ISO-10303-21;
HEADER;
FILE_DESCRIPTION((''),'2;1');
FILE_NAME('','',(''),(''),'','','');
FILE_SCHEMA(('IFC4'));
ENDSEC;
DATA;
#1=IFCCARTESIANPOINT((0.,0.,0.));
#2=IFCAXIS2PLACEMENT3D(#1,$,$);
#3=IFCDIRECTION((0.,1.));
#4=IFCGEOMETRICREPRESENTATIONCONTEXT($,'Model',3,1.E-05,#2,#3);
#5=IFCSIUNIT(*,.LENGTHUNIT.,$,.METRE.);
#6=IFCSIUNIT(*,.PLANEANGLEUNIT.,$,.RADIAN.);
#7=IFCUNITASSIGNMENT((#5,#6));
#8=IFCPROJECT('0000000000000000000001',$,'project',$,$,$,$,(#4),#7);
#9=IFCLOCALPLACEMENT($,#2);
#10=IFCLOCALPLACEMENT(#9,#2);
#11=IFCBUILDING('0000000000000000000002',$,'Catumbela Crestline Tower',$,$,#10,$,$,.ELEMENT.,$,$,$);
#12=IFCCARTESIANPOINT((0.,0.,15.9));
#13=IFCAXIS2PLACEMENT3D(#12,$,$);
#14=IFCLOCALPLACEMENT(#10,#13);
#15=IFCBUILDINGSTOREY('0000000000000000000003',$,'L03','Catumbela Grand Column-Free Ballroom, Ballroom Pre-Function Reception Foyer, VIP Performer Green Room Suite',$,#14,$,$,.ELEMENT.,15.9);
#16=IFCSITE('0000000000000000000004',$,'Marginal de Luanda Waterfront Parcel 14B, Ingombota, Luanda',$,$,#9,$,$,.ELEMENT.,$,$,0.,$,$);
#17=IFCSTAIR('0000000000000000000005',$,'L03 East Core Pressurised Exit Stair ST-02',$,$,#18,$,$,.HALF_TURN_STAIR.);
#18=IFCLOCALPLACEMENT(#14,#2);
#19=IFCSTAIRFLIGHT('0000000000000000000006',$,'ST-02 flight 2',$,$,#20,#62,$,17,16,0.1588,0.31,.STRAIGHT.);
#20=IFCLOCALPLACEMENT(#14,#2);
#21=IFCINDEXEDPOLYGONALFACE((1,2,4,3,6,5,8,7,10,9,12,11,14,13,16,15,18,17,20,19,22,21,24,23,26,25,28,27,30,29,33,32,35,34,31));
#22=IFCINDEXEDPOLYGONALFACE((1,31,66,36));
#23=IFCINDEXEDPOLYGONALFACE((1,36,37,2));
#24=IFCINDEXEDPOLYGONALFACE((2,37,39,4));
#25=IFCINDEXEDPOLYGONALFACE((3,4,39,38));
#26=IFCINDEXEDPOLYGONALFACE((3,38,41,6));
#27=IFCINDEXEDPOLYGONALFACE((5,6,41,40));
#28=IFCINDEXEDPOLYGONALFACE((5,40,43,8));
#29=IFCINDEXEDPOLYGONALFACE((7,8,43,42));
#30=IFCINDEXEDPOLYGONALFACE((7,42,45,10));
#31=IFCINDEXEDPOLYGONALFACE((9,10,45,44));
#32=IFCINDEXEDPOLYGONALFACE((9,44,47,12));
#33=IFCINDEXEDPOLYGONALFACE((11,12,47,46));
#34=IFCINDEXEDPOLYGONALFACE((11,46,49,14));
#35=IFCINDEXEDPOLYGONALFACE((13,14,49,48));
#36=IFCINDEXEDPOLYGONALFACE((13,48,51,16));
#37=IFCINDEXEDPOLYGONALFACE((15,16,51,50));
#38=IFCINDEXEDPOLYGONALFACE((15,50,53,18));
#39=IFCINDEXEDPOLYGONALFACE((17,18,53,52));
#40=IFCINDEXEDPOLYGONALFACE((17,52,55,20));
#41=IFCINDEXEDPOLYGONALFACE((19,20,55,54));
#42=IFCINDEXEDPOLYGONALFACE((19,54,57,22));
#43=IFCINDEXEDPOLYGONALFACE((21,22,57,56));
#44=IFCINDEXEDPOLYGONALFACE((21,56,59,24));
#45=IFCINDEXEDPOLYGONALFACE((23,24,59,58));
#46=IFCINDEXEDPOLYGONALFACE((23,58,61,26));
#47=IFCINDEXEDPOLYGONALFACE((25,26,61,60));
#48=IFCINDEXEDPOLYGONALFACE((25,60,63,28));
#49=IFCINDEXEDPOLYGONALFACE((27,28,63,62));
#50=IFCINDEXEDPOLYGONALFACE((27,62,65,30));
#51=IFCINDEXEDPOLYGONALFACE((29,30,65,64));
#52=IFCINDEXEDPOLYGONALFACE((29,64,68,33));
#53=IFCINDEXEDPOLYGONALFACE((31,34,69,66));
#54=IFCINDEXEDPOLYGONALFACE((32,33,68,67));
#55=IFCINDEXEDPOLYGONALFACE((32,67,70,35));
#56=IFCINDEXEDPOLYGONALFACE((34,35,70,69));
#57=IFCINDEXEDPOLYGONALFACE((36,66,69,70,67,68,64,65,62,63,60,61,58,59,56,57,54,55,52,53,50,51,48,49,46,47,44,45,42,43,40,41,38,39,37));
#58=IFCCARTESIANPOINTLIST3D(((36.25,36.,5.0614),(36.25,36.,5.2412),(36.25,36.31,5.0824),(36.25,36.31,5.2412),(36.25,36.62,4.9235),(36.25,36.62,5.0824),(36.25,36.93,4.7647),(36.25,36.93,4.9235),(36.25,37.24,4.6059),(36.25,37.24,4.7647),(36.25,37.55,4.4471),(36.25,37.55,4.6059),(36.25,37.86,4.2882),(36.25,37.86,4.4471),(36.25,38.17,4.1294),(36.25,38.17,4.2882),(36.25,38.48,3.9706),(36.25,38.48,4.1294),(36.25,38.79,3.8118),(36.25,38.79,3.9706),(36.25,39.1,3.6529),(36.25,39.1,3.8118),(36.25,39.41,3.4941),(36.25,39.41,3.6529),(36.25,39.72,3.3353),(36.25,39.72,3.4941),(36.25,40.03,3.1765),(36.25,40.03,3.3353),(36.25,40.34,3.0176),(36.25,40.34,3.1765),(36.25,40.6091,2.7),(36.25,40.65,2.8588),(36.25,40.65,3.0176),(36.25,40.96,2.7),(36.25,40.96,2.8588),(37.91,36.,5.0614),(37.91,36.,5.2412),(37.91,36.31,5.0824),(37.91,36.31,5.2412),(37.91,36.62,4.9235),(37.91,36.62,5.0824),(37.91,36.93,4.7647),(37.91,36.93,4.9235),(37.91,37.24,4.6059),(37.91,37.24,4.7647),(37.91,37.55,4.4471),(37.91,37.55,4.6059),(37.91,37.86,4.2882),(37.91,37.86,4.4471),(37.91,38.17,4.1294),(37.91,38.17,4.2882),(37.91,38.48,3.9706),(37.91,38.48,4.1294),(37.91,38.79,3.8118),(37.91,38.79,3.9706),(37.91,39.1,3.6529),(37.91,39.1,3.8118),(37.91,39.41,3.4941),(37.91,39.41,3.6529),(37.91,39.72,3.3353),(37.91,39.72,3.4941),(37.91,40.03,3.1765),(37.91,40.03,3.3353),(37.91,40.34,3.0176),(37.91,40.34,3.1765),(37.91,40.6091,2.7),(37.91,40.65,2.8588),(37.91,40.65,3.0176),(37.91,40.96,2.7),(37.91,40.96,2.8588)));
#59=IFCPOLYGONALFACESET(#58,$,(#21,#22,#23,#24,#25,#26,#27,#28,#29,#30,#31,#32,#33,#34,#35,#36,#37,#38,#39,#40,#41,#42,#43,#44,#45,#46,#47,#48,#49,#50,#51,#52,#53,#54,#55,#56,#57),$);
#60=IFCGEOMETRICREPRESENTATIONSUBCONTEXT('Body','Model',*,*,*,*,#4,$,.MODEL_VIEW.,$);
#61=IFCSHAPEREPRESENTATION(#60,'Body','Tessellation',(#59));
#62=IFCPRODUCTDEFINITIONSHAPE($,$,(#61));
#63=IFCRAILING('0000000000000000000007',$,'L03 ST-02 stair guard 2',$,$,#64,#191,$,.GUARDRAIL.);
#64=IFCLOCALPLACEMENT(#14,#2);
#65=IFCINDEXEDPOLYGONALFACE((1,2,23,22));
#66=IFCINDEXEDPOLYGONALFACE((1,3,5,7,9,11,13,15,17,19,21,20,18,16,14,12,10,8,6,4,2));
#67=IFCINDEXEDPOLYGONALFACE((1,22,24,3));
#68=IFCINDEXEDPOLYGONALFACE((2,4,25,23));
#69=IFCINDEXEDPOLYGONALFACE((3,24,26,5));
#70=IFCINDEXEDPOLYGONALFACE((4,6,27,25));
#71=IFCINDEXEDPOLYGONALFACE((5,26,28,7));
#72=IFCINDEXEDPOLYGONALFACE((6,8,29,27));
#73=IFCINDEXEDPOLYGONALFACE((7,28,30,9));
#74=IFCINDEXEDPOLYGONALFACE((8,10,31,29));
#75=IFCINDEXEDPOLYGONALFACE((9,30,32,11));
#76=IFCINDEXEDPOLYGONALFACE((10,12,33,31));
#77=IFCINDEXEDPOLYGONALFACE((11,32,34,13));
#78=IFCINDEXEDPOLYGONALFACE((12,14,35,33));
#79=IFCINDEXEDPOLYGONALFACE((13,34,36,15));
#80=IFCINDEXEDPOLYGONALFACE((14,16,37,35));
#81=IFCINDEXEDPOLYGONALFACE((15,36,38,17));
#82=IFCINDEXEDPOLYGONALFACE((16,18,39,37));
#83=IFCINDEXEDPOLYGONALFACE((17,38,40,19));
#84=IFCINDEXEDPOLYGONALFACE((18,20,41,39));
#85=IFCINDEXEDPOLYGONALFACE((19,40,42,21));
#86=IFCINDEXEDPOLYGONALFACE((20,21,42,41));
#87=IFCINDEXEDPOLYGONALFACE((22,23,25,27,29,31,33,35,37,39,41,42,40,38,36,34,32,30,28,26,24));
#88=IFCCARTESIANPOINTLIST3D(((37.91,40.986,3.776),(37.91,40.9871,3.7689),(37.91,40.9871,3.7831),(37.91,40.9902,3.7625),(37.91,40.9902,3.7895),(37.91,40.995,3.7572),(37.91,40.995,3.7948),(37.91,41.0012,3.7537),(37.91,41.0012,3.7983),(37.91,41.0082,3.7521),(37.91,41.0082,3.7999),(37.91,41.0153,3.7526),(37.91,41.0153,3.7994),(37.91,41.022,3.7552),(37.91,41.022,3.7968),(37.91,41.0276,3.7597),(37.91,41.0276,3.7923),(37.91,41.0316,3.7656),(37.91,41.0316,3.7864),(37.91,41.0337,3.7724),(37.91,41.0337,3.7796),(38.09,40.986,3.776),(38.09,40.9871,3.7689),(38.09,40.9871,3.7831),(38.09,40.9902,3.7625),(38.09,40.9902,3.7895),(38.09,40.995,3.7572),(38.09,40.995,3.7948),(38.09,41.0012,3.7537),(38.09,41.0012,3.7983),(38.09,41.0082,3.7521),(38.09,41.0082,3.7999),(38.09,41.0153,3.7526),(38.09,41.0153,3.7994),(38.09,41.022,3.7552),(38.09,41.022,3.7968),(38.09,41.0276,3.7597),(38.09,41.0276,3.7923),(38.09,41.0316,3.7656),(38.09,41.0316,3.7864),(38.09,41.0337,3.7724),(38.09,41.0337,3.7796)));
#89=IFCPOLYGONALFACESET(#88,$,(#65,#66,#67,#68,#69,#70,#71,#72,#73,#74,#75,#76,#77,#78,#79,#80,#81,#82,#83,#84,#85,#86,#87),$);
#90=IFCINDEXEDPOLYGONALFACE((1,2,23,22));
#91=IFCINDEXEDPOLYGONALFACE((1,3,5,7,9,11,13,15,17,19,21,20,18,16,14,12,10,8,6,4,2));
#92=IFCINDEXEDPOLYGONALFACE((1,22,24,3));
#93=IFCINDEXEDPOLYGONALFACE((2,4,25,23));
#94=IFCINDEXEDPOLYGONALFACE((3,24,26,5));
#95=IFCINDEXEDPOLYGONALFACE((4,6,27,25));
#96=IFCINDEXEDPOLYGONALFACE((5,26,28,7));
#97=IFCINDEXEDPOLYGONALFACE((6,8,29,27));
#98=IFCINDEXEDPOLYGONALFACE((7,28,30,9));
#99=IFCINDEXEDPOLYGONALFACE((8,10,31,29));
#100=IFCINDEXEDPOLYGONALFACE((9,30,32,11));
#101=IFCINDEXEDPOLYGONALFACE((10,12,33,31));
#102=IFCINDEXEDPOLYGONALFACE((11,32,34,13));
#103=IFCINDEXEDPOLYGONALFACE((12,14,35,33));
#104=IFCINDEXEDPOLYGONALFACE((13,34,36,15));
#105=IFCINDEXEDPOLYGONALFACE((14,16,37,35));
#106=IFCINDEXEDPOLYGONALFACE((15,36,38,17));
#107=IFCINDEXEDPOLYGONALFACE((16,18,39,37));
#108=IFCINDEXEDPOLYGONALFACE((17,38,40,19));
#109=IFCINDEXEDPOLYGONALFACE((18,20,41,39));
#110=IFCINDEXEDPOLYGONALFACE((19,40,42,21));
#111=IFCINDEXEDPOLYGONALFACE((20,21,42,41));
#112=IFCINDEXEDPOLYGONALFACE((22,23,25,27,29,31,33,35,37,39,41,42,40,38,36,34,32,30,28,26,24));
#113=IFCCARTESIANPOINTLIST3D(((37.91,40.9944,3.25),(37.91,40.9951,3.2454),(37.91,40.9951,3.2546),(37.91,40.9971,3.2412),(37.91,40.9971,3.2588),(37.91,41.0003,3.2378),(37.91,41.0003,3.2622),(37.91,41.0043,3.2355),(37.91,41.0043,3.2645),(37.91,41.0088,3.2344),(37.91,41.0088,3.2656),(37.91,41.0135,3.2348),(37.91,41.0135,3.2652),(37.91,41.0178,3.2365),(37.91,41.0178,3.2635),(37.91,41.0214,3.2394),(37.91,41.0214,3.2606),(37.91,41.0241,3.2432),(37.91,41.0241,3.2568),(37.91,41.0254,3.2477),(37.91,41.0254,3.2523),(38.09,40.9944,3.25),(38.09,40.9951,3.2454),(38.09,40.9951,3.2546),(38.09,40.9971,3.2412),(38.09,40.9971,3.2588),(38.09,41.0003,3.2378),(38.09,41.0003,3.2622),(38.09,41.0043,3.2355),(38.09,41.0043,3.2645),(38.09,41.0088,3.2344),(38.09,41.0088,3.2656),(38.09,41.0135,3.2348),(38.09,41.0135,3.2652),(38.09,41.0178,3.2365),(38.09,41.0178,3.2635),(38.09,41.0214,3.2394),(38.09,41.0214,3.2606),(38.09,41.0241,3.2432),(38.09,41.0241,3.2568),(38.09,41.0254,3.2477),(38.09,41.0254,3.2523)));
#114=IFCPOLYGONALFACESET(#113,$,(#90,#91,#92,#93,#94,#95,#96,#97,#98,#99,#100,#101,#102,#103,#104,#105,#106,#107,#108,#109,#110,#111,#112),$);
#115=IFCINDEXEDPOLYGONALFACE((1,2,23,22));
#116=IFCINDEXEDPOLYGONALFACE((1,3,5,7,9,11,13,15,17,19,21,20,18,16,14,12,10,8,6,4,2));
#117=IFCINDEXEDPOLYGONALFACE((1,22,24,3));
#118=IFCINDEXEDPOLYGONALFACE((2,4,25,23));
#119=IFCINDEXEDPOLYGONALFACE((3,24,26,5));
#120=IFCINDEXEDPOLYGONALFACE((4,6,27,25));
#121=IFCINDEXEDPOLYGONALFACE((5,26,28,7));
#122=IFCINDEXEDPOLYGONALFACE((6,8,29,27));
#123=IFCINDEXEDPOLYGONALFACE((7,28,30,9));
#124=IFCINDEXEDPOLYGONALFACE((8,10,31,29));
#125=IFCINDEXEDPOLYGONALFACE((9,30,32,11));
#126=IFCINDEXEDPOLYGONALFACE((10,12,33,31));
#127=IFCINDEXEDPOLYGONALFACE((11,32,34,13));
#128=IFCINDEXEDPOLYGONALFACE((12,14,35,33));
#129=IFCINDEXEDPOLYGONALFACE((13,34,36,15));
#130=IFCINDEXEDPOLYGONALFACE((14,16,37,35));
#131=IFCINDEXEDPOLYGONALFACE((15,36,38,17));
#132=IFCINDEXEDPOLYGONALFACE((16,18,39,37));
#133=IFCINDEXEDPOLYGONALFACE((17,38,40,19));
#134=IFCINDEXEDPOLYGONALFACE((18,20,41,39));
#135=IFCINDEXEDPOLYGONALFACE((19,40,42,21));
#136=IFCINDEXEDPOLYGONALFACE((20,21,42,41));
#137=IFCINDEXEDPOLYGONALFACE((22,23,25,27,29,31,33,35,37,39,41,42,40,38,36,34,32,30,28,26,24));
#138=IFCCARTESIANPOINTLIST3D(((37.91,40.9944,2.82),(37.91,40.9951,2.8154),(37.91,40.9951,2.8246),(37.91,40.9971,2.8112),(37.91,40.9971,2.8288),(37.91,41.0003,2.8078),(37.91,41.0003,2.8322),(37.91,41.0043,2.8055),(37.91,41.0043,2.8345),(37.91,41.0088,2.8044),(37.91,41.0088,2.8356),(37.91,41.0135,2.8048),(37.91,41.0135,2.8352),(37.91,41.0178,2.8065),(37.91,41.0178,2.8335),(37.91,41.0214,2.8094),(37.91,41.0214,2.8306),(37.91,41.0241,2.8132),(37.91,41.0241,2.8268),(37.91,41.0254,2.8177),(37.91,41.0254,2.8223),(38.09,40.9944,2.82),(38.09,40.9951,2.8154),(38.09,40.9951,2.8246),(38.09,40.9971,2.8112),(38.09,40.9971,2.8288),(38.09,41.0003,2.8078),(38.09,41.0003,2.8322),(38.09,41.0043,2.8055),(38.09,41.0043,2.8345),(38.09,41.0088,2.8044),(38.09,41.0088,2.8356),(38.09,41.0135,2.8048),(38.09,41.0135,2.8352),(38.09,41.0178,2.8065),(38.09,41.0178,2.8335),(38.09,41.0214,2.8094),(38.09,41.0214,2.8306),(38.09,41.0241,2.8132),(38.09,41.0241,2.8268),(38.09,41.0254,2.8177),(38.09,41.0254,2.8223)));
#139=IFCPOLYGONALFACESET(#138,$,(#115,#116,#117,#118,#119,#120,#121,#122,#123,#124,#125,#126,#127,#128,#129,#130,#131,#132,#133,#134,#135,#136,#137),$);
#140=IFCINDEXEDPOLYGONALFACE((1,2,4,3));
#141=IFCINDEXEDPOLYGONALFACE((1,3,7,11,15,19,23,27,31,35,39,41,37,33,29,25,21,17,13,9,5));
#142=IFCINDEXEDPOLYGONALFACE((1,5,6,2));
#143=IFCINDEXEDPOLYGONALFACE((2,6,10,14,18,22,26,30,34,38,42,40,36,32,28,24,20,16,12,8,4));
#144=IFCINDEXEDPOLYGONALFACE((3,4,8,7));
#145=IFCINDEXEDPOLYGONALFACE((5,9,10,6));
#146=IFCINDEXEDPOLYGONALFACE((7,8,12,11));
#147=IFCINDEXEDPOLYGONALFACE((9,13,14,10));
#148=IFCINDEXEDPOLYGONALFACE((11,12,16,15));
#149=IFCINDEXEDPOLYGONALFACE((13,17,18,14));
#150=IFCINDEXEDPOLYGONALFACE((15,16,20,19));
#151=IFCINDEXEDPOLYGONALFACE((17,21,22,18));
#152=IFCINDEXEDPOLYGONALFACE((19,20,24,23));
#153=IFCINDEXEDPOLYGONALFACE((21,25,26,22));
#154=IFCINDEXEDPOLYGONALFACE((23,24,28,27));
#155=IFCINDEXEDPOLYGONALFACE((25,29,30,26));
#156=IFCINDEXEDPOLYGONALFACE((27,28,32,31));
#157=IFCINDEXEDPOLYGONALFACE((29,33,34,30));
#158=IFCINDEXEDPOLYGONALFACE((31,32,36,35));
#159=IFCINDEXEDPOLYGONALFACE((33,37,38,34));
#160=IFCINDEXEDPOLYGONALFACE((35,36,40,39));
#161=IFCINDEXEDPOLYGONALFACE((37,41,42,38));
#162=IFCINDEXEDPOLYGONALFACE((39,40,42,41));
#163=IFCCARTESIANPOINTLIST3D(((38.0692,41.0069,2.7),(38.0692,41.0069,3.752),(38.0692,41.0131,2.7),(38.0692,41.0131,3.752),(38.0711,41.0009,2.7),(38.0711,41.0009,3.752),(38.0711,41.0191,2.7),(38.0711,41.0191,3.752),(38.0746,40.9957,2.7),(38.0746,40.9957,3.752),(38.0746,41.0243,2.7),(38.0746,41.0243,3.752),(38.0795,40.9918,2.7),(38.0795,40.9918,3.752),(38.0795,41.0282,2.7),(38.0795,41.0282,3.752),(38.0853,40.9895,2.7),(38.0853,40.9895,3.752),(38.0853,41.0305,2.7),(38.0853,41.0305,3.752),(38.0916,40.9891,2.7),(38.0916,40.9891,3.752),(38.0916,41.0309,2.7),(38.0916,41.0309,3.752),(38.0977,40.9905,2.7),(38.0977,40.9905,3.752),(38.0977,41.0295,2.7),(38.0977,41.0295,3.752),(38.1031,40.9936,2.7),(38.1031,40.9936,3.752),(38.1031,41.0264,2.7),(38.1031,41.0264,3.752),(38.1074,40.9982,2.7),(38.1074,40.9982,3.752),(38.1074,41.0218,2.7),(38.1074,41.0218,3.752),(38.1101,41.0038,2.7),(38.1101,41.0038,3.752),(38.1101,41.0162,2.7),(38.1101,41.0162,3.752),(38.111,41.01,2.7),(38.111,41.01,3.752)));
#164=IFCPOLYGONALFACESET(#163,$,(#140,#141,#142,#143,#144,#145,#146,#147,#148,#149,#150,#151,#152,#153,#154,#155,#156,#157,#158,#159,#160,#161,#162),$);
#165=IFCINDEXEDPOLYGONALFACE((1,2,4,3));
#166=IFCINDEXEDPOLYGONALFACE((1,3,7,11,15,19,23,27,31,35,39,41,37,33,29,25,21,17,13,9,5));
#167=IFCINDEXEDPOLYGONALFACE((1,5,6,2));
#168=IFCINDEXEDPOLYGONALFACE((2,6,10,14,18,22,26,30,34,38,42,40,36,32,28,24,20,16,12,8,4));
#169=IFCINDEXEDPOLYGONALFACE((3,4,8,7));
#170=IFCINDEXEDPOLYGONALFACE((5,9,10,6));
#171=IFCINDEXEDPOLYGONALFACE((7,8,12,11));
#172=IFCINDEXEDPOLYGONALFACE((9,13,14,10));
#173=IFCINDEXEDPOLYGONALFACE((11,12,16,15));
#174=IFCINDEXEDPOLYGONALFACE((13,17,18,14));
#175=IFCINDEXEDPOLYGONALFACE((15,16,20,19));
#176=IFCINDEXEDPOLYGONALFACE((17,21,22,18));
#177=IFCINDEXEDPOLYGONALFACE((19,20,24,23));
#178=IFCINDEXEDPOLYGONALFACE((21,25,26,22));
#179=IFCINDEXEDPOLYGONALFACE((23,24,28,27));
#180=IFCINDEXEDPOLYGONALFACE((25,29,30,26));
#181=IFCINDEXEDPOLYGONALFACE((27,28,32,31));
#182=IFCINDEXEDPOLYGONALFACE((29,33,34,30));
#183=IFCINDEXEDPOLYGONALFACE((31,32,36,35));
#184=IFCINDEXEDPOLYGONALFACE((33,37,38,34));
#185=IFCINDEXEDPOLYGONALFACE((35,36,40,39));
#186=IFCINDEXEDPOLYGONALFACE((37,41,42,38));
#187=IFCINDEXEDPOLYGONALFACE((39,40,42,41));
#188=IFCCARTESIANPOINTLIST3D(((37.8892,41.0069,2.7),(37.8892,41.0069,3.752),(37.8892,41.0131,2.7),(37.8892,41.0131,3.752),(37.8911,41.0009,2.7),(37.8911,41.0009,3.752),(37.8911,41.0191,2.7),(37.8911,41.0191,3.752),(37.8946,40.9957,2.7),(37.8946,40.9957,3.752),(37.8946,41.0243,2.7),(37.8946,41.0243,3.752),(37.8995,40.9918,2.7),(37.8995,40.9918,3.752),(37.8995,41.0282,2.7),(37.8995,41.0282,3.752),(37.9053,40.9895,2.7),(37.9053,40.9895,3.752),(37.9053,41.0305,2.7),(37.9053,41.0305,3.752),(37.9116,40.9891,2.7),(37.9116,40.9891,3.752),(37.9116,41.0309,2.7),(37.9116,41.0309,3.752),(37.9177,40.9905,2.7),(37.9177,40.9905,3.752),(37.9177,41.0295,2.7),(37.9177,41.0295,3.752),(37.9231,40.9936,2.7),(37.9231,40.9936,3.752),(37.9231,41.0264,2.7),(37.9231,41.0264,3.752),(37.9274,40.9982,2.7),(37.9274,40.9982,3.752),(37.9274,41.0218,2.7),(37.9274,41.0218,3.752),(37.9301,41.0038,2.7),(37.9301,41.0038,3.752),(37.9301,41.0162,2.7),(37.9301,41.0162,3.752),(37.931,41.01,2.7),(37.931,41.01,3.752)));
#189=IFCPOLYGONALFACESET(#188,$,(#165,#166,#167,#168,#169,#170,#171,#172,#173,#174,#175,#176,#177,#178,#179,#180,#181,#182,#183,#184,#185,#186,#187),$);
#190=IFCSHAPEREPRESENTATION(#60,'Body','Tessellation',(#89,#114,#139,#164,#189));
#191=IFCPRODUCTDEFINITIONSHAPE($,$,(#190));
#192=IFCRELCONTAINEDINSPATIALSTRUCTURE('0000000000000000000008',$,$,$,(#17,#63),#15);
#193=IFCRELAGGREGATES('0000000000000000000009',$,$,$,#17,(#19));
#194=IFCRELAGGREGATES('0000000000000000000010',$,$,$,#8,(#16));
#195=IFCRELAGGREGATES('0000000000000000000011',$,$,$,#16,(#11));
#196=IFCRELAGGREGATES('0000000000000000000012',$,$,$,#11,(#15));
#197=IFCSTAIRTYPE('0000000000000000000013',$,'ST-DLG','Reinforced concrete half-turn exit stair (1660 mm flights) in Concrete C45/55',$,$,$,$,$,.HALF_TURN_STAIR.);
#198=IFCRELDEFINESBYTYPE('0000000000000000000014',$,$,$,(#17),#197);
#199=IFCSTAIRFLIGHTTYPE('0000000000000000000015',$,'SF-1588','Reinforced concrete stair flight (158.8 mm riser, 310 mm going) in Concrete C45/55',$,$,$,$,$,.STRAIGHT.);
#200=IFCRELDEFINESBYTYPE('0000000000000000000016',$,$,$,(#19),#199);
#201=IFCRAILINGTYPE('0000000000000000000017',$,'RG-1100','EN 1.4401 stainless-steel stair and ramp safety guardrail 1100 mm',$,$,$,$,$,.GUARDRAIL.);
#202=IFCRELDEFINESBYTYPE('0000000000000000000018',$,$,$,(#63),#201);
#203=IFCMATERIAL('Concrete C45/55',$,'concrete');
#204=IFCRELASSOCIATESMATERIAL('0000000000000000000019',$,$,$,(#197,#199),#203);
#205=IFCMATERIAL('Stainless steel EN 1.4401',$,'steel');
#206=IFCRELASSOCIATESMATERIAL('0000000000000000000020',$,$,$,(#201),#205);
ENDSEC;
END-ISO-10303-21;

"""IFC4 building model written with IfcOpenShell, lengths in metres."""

from ifc_helpers import new_model, si_unit, direction, frame, origin, origin_2d, place, context, subcontext, project, spatial, polyline, circle, outline, extrude, material, type_object, element, aggregate, save


model = new_model("IFC4")

# Units and contexts
model_context = context("Model", 3, precision=1e-05, world=origin(), true_north=direction((0.0, 1.0)))
body_context = subcontext(model_context, "Body", "Model", "MODEL_VIEW")
ifc_project = project(units=[si_unit("LENGTHUNIT", "METRE"), si_unit("PLANEANGLEUNIT", "RADIAN")], contexts=[model_context])

# Site, building, storey
site_placement = place(None, origin())
site = spatial("IfcSite", under=ifc_project, at=site_placement, Name="Marginal de Luanda Waterfront Parcel 14B, Ingombota, Luanda", CompositionType="ELEMENT", RefElevation=0.0)
building_placement = place(site_placement, origin())
building = spatial("IfcBuilding", under=site, at=building_placement, Name="Catumbela Crestline Tower", CompositionType="ELEMENT")
storey_placement = place(building_placement, frame((0.0, 0.0, 15.9)))
storey = spatial("IfcBuildingStorey", under=building, at=storey_placement, Name="L03", Description="Catumbela Grand Column-Free Ballroom, Ballroom Pre-Function Reception Foyer, VIP Performer Green Room Suite", CompositionType="ELEMENT", Elevation=15.9)

# Shared definitions
ifc_material_1 = material(Name="Stainless steel EN 1.4401", Category="steel")

# Stair, stair flight
ifc_material_2 = material(Name="Concrete C45/55", Category="concrete")
stair_type = type_object("IfcStairType", Name="ST-DLG", Description="Reinforced concrete half-turn exit stair (1660 mm flights) in Concrete C45/55", PredefinedType="HALF_TURN_STAIR", material=ifc_material_2)
stair_placement = place(storey_placement, origin())
stair = element("IfcStair", 1, at=stair_placement, inside=storey, type_object=stair_type, Name="L03 East Core Pressurised Exit Stair ST-02", PredefinedType="HALF_TURN_STAIR")
stair_flight_type = type_object("IfcStairFlightType", Name="SF-1588", Description="Reinforced concrete stair flight (158.8 mm riser, 310 mm going) in Concrete C45/55", PredefinedType="STRAIGHT", material=ifc_material_2)
stair_flight_1_placement = place(storey_placement, frame((37.08, 40.96, 2.7), z_axis=(0.0, 0.0, 1.0), x_axis=(0.0, -1.0, 0.0)))
stair_flight_1 = element("IfcStairFlight", 2, at=stair_flight_1_placement, type_object=stair_flight_type, Name="ST-02 flight 2", NumberOfRisers=17, NumberOfTreads=16, PredefinedType="STRAIGHT", RiserHeight=0.1588, TreadLength=0.31, context=body_context, shape_type="SweptSolid", body=[
    extrude(outline(polyline([(0.0, 0.0), (0.0, 0.1588), (0.31, 0.1588), (0.31, 0.3176), (0.62, 0.3176), (0.62, 0.4765), (0.93, 0.4765), (0.93, 0.6353), (1.24, 0.6353), (1.24, 0.7941), (1.55, 0.7941), (1.55, 0.9529), (1.86, 0.9529), (1.86, 1.1118), (2.17, 1.1118), (2.17, 1.2706), (2.48, 1.2706), (2.48, 1.4294), (2.79, 1.4294), (2.79, 1.5882), (3.1, 1.5882), (3.1, 1.7471), (3.41, 1.7471), (3.41, 1.9059), (3.72, 1.9059), (3.72, 2.0647), (4.03, 2.0647), (4.03, 2.2235), (4.34, 2.2235), (4.34, 2.3824), (4.65, 2.3824), (4.65, 2.5412), (4.96, 2.5412), (4.96, 2.7), (4.96, 2.3614), (0.3509, 0.0), (0.0, 0.0)])), frame((0.0, 0.83, 0.0), z_axis=(0.0, -1.0, 0.0), x_axis=(1.0, 0.0, 0.0)), (0.0, 0.0, 1.0), 1.66),
])
aggregate(stair, [stair_flight_1])

# Railing
railing_type_1 = type_object("IfcRailingType", Name="RG-1100", Description="EN 1.4401 stainless-steel stair and ramp safety guardrail 1100 mm", PredefinedType="GUARDRAIL", material=ifc_material_1)
railing_1_placement = place(storey_placement, frame((38.09, 41.01, 2.7)))
element("IfcRailing", 3, at=railing_1_placement, inside=storey, type_object=railing_type_1, Name="L03 ST-02 stair guard 2", PredefinedType="GUARDRAIL", context=body_context, shape_type="SweptSolid", body=[
    extrude(circle(Radius=0.024, at=origin_2d()), frame((0.0, 0.0, 1.076), z_axis=(-1.0, 0.0, 0.0), x_axis=(0.0, -1.0, 0.0)), (0.0, 0.0, 1.0), 0.18),
    extrude(circle(Radius=0.0156, at=origin_2d()), frame((0.0, 0.0, 0.55), z_axis=(-1.0, 0.0, 0.0), x_axis=(0.0, -1.0, 0.0)), (0.0, 0.0, 1.0), 0.18),
    extrude(circle(Radius=0.0156, at=origin_2d()), frame((0.0, 0.0, 0.12), z_axis=(-1.0, 0.0, 0.0), x_axis=(0.0, -1.0, 0.0)), (0.0, 0.0, 1.0), 0.18),
    extrude(circle(Radius=0.021, at=origin_2d()), origin(), (0.0, 0.0, 1.0), 1.052),
    extrude(circle(Radius=0.021, at=origin_2d()), frame((-0.18, 0.0, 0.0)), (0.0, 0.0, 1.0), 1.052),
])

save(model, "model.ifc")
